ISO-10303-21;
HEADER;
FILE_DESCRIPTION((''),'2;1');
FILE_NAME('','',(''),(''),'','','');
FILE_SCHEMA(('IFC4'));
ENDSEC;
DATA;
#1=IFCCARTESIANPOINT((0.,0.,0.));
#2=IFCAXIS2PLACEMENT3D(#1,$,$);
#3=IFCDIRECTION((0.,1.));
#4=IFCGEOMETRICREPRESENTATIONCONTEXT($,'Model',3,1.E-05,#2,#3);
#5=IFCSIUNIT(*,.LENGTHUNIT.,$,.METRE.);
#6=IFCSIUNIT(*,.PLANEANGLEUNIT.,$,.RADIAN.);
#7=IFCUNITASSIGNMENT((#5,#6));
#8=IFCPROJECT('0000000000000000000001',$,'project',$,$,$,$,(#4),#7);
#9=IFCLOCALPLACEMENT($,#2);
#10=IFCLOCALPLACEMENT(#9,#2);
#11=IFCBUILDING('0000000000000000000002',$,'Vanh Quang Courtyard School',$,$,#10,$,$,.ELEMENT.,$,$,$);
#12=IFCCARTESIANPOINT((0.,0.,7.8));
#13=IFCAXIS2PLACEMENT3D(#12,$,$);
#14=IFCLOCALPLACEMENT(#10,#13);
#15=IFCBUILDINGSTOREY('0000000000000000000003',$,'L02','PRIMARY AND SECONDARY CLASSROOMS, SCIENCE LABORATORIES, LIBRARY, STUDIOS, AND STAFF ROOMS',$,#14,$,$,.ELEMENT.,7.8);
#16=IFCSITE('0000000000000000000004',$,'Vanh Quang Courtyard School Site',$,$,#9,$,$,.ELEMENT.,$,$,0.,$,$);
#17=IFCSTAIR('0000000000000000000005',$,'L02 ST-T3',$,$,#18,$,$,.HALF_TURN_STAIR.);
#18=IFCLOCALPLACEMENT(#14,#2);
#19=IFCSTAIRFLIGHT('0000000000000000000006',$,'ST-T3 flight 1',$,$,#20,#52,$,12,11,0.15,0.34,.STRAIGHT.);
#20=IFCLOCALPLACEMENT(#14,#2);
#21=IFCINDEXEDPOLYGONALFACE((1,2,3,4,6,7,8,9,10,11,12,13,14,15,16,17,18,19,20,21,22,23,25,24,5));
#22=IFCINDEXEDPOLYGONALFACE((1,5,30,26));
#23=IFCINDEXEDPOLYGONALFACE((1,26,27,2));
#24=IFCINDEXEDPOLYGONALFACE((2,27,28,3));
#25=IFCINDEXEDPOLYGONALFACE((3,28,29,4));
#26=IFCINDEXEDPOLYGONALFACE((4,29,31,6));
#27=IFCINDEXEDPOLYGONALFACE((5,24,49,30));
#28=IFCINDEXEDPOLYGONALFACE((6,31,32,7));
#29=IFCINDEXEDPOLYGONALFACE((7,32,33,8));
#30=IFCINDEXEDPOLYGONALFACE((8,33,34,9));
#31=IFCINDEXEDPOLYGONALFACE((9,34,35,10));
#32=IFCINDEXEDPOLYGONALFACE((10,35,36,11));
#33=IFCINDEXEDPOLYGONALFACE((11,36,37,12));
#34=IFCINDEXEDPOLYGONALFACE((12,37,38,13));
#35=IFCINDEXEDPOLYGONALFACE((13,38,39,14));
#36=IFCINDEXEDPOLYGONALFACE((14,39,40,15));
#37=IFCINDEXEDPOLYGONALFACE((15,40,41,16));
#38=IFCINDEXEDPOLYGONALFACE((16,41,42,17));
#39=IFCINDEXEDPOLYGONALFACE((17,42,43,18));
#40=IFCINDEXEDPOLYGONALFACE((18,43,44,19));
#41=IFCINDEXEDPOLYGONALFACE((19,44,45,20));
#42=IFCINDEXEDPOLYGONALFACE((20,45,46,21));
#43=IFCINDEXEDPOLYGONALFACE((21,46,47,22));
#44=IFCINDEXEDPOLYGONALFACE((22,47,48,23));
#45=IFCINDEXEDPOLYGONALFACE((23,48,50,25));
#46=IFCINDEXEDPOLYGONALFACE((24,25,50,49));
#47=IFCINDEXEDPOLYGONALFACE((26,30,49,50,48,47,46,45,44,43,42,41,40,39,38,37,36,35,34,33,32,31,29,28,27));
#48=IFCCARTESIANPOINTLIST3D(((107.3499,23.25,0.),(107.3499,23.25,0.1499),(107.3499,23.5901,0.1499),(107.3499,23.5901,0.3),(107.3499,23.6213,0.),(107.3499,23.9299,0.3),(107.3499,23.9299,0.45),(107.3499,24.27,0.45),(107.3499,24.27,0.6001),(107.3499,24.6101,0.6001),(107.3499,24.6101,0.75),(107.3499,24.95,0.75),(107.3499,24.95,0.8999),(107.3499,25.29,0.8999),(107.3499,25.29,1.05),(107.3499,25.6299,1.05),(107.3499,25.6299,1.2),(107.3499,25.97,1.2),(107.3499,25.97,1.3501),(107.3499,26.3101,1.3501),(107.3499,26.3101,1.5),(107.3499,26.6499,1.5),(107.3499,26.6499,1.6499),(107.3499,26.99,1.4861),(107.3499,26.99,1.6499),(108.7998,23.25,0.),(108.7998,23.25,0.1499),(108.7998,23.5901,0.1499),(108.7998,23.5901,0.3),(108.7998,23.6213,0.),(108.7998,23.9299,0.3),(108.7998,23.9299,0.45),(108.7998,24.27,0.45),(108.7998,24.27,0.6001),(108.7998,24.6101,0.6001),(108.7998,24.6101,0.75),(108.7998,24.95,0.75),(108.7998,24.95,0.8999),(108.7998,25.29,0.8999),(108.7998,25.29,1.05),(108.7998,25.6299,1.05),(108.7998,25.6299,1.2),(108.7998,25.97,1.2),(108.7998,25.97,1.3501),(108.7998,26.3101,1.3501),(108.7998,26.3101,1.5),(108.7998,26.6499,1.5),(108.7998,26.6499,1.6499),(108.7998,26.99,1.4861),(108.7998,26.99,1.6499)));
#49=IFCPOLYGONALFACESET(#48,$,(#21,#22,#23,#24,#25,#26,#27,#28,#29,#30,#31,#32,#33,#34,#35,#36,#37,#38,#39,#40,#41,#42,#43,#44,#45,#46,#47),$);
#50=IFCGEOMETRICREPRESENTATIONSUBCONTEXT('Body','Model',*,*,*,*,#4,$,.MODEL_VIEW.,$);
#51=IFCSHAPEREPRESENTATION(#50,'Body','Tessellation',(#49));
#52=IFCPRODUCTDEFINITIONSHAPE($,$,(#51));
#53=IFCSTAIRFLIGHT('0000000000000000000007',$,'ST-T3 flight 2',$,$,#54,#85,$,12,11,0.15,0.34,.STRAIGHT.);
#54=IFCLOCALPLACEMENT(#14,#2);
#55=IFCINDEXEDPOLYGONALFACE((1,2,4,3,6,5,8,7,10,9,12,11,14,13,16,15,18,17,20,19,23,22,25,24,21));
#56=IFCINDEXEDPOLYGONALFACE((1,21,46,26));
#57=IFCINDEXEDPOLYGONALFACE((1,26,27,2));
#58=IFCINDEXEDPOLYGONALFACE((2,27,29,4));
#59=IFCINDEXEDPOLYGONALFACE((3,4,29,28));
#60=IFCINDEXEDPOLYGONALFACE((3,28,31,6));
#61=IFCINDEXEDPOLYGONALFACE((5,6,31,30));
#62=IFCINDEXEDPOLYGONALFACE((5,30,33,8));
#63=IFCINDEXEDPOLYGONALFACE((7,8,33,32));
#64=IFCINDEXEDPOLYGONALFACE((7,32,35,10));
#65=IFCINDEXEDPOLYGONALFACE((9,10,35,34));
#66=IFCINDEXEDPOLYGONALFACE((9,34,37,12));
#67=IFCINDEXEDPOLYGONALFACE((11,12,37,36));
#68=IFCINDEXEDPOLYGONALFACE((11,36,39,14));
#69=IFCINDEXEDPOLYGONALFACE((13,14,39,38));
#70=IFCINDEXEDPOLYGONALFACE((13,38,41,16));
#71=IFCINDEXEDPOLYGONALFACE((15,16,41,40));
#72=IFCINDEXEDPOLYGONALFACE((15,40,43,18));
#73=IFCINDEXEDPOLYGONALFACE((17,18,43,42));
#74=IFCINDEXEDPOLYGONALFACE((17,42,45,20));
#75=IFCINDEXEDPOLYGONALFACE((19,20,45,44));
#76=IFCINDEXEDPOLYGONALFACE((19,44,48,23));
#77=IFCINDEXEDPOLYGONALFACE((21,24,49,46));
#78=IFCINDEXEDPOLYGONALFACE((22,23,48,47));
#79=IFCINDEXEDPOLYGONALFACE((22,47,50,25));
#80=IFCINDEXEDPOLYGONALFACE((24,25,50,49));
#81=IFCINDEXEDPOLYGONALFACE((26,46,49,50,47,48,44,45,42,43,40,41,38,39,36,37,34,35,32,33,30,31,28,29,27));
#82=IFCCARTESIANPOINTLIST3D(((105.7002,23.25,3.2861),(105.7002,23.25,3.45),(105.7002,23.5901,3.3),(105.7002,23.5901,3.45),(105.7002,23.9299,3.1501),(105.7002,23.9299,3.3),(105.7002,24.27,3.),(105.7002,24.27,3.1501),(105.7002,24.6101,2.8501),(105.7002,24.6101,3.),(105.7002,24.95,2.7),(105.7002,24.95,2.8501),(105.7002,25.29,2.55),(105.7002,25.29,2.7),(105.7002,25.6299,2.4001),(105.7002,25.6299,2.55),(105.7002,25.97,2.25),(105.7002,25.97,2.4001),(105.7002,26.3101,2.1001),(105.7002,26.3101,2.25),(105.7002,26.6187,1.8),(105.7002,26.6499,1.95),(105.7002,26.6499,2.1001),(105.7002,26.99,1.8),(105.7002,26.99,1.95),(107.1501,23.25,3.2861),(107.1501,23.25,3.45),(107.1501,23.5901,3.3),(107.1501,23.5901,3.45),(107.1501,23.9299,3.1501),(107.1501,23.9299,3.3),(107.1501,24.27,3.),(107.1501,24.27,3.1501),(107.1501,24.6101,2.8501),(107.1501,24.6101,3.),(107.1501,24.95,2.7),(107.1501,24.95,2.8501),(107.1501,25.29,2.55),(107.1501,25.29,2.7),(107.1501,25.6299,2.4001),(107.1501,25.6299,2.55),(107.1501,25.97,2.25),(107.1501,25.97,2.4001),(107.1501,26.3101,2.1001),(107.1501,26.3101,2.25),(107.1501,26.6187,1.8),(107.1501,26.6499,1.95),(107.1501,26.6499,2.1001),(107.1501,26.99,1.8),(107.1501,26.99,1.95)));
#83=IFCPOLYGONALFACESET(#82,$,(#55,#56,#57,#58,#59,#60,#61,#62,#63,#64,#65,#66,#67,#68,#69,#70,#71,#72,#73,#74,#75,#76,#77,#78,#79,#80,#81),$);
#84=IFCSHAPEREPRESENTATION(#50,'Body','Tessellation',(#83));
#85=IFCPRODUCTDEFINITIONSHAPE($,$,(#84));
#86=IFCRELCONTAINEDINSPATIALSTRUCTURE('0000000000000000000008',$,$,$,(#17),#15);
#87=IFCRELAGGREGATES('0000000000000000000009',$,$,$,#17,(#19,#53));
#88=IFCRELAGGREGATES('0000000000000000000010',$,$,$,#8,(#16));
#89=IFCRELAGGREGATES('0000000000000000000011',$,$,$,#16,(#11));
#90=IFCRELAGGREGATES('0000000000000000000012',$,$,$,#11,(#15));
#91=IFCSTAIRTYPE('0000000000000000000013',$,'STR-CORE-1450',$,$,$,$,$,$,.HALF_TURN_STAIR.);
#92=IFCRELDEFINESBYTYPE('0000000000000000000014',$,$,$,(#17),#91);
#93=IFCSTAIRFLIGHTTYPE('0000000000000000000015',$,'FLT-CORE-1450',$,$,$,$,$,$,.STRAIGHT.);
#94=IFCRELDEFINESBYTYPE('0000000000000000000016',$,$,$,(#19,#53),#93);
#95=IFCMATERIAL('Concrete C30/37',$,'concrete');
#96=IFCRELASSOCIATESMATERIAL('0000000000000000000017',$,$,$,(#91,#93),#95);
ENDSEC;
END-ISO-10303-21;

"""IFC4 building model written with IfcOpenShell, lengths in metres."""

from ifc_helpers import new_model, si_unit, direction, frame, origin, place, context, subcontext, project, spatial, polyline, outline, extrude, material, type_object, element, aggregate, save


model = new_model("IFC4")

# Units and contexts
model_context = context("Model", 3, precision=1e-05, world=origin(), true_north=direction((0.0, 1.0)))
body_context = subcontext(model_context, "Body", "Model", "MODEL_VIEW")
ifc_project = project(units=[si_unit("LENGTHUNIT", "METRE"), si_unit("PLANEANGLEUNIT", "RADIAN")], contexts=[model_context])

# Site, building, storey
site_placement = place(None, origin())
site = spatial("IfcSite", under=ifc_project, at=site_placement, Name="Vanh Quang Courtyard School Site", CompositionType="ELEMENT", RefElevation=0.0)
building_placement = place(site_placement, origin())
building = spatial("IfcBuilding", under=site, at=building_placement, Name="Vanh Quang Courtyard School", CompositionType="ELEMENT")
storey_placement = place(building_placement, frame((0.0, 0.0, 7.8)))
storey = spatial("IfcBuildingStorey", under=building, at=storey_placement, Name="L02", Description="PRIMARY AND SECONDARY CLASSROOMS, SCIENCE LABORATORIES, LIBRARY, STUDIOS, AND STAFF ROOMS", CompositionType="ELEMENT", Elevation=7.8)

# Shared definitions
ifc_material_1 = material(Name="Concrete C30/37", Category="concrete")

# Stair, stair flights
stair_type = type_object("IfcStairType", Name="STR-CORE-1450", PredefinedType="HALF_TURN_STAIR", material=ifc_material_1)
stair_placement = place(storey_placement, origin())
stair = element("IfcStair", 1, at=stair_placement, inside=storey, type_object=stair_type, Name="L02 ST-T3", PredefinedType="HALF_TURN_STAIR")
stair_flight_type = type_object("IfcStairFlightType", Name="FLT-CORE-1450", PredefinedType="STRAIGHT", material=ifc_material_1)
stair_flight_1_placement = place(storey_placement, frame((108.075, 23.25, 0.0), z_axis=(0.0, 0.0, 1.0), x_axis=(0.0, 1.0, 0.0)))
stair_flight_1 = element("IfcStairFlight", 2, at=stair_flight_1_placement, type_object=stair_flight_type, Name="ST-T3 flight 1", NumberOfRisers=12, NumberOfTreads=11, PredefinedType="STRAIGHT", RiserHeight=0.15, TreadLength=0.34, context=body_context, shape_type="SweptSolid", body=[
    extrude(outline(polyline([(0.0, 0.0), (0.0, 0.1499), (0.3401, 0.1499), (0.3401, 0.3), (0.6799, 0.3), (0.6799, 0.45), (1.02, 0.45), (1.02, 0.6001), (1.3601, 0.6001), (1.3601, 0.75), (1.7, 0.75), (1.7, 0.8999), (2.04, 0.8999), (2.04, 1.05), (2.3799, 1.05), (2.3799, 1.2), (2.72, 1.2), (2.72, 1.3501), (3.0601, 1.3501), (3.0601, 1.5), (3.3999, 1.5), (3.3999, 1.6499), (3.74, 1.6499), (3.74, 1.8), (3.74, 1.4861), (0.3713, 0.0), (0.0, 0.0)])), frame((0.0, 0.7251, 0.0), z_axis=(0.0, -1.0, 0.0), x_axis=(1.0, 0.0, 0.0)), (0.0, 0.0, 1.0), 1.45),
])
stair_flight_2_placement = place(storey_placement, frame((106.425, 26.99, 1.8), z_axis=(0.0, 0.0, 1.0), x_axis=(0.0, -1.0, 0.0)))
stair_flight_2 = element("IfcStairFlight", 3, at=stair_flight_2_placement, type_object=stair_flight_type, Name="ST-T3 flight 2", NumberOfRisers=12, NumberOfTreads=11, PredefinedType="STRAIGHT", RiserHeight=0.15, TreadLength=0.34, context=body_context, shape_type="SweptSolid", body=[
    extrude(outline(polyline([(0.0, 0.0), (0.0, 0.1499), (0.3401, 0.1499), (0.3401, 0.3), (0.6799, 0.3), (0.6799, 0.45), (1.02, 0.45), (1.02, 0.6001), (1.3601, 0.6001), (1.3601, 0.75), (1.7, 0.75), (1.7, 0.8999), (2.04, 0.8999), (2.04, 1.05), (2.3799, 1.05), (2.3799, 1.2), (2.72, 1.2), (2.72, 1.3501), (3.0601, 1.3501), (3.0601, 1.5), (3.3999, 1.5), (3.3999, 1.6499), (3.74, 1.6499), (3.74, 1.8), (3.74, 1.4861), (0.3713, 0.0), (0.0, 0.0)])), frame((0.0, 0.7251, 0.0), z_axis=(0.0, -1.0, 0.0), x_axis=(1.0, 0.0, 0.0)), (0.0, 0.0, 1.0), 1.45),
])
aggregate(stair, [stair_flight_1, stair_flight_2])

save(model, "model.ifc")
